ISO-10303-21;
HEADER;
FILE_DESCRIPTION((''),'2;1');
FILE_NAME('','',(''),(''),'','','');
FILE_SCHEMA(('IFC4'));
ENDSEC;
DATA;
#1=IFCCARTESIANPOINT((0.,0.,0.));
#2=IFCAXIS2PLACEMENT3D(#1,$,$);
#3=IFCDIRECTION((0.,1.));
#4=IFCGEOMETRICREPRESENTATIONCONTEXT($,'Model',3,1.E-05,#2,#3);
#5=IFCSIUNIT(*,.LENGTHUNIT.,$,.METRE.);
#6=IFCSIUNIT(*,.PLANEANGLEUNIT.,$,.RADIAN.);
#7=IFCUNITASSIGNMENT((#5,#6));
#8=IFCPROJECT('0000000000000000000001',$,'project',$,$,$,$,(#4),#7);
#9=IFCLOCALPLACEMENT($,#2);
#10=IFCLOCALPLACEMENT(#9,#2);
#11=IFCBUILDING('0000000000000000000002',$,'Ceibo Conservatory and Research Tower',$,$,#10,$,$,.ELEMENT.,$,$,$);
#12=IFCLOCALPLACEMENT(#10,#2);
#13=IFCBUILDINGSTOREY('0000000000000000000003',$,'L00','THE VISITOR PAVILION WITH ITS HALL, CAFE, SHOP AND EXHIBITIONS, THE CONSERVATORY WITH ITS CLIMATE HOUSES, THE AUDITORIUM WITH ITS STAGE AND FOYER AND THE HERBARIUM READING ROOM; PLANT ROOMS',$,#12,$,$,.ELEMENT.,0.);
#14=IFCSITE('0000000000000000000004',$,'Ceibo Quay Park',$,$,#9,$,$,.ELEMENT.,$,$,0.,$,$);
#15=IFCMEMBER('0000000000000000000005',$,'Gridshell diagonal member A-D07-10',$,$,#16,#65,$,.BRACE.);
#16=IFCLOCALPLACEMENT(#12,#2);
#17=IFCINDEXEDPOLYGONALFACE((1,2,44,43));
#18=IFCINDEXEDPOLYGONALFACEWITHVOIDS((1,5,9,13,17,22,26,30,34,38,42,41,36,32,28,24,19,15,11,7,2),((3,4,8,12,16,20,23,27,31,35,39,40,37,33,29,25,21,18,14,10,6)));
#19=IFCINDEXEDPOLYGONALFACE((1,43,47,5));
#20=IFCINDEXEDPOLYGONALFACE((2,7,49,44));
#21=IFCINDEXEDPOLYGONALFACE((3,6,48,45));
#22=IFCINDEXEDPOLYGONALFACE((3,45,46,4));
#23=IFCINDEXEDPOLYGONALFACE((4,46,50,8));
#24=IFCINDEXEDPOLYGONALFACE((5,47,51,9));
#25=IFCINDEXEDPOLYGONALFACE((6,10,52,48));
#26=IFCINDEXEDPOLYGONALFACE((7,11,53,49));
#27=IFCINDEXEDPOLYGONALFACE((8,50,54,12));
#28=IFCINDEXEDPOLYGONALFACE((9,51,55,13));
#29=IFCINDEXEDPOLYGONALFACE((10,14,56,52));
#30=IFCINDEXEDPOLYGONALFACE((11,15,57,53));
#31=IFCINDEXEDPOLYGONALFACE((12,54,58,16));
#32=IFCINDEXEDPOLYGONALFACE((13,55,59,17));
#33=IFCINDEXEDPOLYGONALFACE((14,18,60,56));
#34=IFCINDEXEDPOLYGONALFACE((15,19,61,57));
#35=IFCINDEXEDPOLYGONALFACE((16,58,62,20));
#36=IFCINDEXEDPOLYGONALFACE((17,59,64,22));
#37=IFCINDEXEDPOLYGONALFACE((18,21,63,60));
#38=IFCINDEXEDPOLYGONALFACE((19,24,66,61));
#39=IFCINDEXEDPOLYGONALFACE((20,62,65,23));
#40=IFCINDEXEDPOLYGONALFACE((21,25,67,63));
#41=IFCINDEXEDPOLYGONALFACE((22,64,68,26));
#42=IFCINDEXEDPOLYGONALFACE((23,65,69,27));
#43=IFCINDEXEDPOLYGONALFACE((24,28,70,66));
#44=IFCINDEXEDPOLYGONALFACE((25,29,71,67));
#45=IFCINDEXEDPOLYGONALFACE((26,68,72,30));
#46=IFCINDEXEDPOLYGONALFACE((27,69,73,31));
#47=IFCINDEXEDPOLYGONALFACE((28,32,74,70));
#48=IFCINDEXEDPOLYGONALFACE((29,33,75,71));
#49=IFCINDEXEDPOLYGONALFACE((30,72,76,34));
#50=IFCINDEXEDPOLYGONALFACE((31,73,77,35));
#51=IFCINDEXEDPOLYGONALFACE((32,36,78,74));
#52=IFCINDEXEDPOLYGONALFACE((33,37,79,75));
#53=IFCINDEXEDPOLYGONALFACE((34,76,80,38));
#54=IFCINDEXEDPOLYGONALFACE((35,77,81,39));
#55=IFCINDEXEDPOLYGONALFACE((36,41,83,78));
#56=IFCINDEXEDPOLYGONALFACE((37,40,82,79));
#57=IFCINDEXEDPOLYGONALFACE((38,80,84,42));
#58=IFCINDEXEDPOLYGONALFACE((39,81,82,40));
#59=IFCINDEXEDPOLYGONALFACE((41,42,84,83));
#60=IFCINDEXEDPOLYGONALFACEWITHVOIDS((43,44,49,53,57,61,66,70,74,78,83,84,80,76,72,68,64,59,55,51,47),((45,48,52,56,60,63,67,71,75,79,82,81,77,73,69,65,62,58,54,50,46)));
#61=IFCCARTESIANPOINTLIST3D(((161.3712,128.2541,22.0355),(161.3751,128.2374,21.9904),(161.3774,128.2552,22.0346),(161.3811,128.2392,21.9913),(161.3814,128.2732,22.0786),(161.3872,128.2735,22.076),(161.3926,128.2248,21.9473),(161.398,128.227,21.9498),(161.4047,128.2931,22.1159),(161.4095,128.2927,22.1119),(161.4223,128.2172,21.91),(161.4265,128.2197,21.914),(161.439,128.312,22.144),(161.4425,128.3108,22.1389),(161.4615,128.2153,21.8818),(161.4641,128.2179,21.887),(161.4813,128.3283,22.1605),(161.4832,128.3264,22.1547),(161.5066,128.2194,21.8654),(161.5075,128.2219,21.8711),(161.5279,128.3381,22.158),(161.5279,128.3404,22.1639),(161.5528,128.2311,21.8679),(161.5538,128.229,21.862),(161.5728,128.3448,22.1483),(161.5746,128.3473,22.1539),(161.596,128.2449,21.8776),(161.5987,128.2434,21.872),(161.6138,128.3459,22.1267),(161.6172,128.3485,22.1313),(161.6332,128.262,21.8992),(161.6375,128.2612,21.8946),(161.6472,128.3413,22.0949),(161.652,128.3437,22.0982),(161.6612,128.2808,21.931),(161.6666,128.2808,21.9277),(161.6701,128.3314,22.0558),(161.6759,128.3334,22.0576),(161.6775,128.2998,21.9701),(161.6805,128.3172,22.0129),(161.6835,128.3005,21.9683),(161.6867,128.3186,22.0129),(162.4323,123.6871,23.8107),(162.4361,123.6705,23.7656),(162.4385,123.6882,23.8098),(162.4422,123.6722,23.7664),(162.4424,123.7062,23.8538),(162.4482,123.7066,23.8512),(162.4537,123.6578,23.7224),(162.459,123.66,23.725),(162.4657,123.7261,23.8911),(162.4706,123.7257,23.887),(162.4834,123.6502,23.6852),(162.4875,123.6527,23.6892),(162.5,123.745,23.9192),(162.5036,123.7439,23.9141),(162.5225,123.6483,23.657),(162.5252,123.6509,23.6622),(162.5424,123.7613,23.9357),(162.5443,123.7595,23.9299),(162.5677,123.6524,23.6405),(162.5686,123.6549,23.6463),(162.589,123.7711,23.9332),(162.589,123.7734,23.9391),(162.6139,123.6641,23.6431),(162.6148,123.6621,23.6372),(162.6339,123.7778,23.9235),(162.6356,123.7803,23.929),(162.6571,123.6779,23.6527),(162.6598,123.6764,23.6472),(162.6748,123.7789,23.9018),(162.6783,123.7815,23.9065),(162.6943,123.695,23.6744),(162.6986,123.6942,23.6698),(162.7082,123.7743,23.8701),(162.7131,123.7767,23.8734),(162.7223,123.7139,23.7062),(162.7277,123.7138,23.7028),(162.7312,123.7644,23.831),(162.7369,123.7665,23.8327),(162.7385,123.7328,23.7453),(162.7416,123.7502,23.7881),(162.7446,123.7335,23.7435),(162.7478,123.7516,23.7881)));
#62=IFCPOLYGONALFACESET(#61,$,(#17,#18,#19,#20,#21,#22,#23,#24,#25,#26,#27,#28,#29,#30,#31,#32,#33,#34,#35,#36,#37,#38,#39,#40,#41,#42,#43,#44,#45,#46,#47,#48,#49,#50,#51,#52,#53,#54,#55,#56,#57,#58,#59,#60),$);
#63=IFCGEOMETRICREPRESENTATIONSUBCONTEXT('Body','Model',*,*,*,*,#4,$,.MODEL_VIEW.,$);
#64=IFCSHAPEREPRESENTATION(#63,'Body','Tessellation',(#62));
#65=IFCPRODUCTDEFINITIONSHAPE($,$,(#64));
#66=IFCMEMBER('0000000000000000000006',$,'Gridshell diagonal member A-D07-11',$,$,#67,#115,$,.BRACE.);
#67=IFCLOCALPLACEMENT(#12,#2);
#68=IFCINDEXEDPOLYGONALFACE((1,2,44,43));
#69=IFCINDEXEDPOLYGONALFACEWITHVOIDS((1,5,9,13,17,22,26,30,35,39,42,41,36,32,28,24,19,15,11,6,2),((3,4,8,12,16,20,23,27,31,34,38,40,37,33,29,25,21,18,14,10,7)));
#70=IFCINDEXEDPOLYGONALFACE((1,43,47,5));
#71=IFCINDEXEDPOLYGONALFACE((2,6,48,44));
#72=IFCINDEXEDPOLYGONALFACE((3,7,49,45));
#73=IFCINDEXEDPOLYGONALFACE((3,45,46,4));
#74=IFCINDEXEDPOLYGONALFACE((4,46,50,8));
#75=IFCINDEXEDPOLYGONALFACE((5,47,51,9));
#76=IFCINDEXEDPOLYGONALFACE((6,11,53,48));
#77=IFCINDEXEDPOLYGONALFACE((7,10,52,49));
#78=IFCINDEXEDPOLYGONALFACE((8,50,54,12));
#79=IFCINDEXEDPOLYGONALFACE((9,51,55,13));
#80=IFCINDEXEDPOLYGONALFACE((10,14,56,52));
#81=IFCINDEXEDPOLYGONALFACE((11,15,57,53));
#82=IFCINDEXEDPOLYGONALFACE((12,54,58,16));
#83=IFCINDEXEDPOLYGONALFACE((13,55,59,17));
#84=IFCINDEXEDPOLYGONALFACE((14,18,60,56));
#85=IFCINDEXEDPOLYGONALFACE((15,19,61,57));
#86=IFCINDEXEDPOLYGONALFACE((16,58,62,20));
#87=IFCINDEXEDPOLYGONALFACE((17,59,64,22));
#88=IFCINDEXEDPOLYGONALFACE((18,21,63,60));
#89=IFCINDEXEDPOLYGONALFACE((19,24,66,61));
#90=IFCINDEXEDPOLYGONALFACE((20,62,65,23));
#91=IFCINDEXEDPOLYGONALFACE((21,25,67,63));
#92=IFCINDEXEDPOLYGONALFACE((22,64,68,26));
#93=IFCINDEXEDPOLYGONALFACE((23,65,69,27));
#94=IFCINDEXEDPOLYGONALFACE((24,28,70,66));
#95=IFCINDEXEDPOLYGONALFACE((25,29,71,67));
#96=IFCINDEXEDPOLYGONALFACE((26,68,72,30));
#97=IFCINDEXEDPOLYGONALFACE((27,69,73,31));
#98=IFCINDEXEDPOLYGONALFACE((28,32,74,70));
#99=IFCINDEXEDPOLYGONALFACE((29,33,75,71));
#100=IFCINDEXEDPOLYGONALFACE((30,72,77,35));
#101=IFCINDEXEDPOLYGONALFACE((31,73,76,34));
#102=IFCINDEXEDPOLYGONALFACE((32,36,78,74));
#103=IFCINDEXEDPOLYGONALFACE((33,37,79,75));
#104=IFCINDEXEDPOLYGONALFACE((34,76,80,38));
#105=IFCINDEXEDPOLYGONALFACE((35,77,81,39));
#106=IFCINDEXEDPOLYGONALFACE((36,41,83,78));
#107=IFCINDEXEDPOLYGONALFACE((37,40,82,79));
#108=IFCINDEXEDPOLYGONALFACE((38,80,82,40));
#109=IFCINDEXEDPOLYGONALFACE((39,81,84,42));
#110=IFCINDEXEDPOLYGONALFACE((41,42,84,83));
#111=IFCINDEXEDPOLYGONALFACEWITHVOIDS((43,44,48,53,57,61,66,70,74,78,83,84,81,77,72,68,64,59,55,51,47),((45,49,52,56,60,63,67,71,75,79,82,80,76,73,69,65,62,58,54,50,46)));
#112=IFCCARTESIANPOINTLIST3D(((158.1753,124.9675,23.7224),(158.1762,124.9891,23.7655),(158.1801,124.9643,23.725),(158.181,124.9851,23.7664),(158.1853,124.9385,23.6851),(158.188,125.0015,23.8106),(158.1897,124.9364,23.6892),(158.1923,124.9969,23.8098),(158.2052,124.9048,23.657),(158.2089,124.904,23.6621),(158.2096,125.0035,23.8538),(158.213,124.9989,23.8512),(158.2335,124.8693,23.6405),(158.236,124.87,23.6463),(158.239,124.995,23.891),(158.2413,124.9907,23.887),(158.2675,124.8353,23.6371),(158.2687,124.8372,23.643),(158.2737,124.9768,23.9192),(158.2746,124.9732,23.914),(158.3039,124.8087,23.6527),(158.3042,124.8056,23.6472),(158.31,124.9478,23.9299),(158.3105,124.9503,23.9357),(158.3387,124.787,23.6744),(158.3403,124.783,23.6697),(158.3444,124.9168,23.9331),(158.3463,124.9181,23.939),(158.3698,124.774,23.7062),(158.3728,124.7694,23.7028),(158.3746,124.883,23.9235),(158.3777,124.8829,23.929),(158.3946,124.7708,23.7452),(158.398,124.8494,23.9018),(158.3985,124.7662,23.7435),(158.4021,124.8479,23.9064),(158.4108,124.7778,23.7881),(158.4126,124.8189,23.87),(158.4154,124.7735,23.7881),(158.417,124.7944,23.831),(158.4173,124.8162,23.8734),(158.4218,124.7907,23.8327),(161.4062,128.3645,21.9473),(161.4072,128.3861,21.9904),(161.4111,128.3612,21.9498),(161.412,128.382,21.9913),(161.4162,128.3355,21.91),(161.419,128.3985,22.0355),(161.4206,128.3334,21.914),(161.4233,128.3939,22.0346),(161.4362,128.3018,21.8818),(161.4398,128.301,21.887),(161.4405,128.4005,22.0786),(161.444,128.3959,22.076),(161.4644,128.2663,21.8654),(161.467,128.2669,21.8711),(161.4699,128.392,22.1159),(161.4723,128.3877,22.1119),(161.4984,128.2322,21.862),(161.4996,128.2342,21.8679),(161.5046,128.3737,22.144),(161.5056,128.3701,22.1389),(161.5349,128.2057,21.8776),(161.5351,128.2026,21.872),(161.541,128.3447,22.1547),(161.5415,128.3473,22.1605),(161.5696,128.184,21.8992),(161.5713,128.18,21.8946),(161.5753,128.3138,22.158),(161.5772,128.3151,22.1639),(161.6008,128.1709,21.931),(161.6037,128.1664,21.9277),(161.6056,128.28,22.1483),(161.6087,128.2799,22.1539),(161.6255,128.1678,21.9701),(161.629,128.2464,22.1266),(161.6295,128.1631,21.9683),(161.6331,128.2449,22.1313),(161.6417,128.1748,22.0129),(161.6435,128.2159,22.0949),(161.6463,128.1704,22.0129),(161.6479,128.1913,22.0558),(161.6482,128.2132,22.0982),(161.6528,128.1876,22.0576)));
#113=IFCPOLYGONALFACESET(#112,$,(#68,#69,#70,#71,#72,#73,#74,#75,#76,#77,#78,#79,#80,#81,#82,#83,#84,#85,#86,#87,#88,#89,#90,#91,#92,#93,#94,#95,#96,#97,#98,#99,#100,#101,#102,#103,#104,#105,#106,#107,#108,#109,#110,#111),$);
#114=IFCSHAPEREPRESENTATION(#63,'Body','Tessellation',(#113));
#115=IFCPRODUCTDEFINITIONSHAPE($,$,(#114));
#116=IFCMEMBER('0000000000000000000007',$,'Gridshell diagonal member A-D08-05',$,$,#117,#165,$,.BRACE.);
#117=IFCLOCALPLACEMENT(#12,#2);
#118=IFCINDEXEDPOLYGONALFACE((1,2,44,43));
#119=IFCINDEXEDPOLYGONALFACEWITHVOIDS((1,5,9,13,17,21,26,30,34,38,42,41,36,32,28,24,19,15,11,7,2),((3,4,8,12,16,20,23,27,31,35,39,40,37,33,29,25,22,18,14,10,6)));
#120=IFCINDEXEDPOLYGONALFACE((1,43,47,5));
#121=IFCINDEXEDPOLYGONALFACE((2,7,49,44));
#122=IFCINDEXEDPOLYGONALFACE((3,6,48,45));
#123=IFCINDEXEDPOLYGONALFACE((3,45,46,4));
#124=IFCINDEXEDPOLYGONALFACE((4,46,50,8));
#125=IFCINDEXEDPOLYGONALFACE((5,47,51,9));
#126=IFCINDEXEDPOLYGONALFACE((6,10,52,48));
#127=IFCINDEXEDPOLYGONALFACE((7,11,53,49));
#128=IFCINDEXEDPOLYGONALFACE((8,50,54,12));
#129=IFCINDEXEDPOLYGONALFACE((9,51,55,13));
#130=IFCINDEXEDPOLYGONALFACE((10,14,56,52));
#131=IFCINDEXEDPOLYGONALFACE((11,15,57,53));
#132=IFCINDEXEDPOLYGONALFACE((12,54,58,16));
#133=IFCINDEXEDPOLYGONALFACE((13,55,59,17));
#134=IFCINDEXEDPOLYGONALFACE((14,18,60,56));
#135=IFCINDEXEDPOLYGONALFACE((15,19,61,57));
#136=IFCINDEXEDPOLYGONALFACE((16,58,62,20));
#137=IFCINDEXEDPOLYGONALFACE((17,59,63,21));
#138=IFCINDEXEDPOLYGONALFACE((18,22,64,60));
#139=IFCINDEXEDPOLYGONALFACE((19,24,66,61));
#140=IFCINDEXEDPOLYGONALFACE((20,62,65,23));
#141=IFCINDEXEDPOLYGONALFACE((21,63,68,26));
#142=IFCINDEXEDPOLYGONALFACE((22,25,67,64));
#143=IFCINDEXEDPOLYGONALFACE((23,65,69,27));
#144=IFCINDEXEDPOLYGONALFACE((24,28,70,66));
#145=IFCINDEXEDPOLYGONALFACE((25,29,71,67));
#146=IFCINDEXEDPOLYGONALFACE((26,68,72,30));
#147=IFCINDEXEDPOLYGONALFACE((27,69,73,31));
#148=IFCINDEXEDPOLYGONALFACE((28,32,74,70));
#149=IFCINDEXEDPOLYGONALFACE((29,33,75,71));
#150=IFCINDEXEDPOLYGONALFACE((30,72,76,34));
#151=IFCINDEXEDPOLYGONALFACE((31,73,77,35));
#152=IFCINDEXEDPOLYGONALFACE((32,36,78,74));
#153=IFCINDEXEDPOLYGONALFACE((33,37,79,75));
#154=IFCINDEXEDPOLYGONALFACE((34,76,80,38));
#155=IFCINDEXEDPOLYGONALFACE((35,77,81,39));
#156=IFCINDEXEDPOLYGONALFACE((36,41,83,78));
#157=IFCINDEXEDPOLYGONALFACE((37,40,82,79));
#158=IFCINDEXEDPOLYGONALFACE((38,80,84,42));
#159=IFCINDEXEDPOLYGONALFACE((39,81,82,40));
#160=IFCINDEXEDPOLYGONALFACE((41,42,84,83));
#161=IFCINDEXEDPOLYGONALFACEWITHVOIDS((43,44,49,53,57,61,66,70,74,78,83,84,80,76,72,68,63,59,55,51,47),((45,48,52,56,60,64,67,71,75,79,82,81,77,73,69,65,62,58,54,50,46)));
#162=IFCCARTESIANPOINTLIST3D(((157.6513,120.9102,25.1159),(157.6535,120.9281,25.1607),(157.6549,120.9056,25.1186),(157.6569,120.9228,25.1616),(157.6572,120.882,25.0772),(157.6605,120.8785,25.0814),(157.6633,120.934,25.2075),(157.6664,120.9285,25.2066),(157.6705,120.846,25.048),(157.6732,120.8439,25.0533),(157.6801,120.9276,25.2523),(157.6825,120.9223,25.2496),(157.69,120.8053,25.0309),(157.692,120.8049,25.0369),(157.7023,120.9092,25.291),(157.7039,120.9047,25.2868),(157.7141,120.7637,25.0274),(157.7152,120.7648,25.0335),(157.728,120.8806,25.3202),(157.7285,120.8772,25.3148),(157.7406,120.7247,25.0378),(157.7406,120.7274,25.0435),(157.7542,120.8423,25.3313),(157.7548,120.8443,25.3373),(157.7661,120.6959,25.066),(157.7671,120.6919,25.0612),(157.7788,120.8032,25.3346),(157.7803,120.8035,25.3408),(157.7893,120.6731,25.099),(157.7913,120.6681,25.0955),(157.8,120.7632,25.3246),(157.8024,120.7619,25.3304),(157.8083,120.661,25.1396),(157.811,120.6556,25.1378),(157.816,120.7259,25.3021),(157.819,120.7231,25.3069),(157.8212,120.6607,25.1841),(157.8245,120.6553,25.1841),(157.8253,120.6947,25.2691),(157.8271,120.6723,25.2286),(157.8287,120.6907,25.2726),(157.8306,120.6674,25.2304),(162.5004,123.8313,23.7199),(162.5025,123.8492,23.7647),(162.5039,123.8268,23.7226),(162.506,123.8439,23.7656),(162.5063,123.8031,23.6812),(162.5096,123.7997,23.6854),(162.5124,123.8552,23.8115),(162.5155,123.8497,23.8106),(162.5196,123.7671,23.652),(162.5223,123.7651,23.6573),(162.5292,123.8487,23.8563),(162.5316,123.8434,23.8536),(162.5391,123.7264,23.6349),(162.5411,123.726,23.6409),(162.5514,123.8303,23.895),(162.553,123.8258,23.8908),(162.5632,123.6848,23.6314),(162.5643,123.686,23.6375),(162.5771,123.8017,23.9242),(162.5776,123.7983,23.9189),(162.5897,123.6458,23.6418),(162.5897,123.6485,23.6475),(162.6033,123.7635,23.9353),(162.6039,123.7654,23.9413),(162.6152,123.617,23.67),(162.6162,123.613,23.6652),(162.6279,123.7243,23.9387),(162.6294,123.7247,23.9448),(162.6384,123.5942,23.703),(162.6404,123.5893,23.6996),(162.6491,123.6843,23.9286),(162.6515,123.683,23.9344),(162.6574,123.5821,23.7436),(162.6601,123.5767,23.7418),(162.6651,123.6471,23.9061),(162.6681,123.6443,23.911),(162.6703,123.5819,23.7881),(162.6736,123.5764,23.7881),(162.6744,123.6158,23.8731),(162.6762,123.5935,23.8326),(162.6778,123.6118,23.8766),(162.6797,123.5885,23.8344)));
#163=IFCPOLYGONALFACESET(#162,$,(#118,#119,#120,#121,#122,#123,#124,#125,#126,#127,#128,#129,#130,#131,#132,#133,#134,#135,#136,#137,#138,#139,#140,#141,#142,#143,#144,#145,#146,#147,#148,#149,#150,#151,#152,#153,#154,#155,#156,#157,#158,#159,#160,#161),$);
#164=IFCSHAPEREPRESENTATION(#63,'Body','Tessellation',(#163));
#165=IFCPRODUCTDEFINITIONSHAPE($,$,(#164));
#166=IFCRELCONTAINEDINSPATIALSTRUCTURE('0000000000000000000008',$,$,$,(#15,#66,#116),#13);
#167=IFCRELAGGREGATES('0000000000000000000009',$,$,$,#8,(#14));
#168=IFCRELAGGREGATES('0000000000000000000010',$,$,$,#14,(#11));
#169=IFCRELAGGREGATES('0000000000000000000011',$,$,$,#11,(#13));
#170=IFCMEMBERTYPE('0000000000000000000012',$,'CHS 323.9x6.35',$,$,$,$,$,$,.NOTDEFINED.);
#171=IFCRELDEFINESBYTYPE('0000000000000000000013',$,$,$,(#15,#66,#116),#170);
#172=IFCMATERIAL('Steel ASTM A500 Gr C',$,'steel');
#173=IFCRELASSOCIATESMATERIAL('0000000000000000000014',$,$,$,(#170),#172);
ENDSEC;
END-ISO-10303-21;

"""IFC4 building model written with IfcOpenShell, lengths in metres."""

from ifc_helpers import new_model, si_unit, direction, frame, origin, origin_2d, place, context, subcontext, project, spatial, hollow_circle, extrude, material, material_profile, profile_set, type_object, element, save


model = new_model("IFC4")

# Units and contexts
model_context = context("Model", 3, precision=1e-05, world=origin(), true_north=direction((0.0, 1.0)))
body_context = subcontext(model_context, "Body", "Model", "MODEL_VIEW")
ifc_project = project(units=[si_unit("LENGTHUNIT", "METRE"), si_unit("PLANEANGLEUNIT", "RADIAN")], contexts=[model_context])

# Site, building, storey
site_placement = place(None, origin())
site = spatial("IfcSite", under=ifc_project, at=site_placement, Name="Ceibo Quay Park", CompositionType="ELEMENT", RefElevation=0.0)
building_placement = place(site_placement, origin())
building = spatial("IfcBuilding", under=site, at=building_placement, Name="Ceibo Conservatory and Research Tower", CompositionType="ELEMENT")
storey_placement = place(building_placement, origin())
storey = spatial("IfcBuildingStorey", under=building, at=storey_placement, Name="L00", Description="THE VISITOR PAVILION WITH ITS HALL, CAFE, SHOP AND EXHIBITIONS, THE CONSERVATORY WITH ITS CLIMATE HOUSES, THE AUDITORIUM WITH ITS STAGE AND FOYER AND THE HERBARIUM READING ROOM; PLANT ROOMS", CompositionType="ELEMENT", Elevation=0.0)

# Members
ifc_material_1 = material(Name="Steel ASTM A500 Gr C", Category="steel")
ifc_material_profile_1 = material_profile(ifc_material_1, hollow_circle(Radius=0.1619, WallThickness=0.0063, at=origin_2d()), Name="CHS 323.9x6.35")
ifc_profile_set_1 = profile_set([ifc_material_profile_1], Name="Steel ASTM A500 Gr C")
member_type_1 = type_object("IfcMemberType", Name="CHS 323.9x6.35", PredefinedType="NOTDEFINED", material=ifc_profile_set_1)
member_1_placement = place(storey_placement, frame((161.5291, 128.282, 22.0129), z_axis=(0.211643, -0.910951, 0.354085), x_axis=(0.974057, 0.226304, 0.0)))
element("IfcMember", 1, at=member_1_placement, inside=storey, type_object=member_type_1, Name="Gridshell diagonal member A-D07-10", PredefinedType="BRACE", context=body_context, shape_type="SweptSolid", body=[
    extrude(hollow_circle(Radius=0.1619, WallThickness=0.0063, at=origin_2d()), origin(), (0.0, 0.0, 1.0), 5.0134),
])
member_2_placement = place(storey_placement, frame((161.5291, 128.282, 22.0129), z_axis=(-0.644522, -0.67764, 0.354112), x_axis=(0.724591, -0.689179, 0.0)))
element("IfcMember", 2, at=member_2_placement, inside=storey, type_object=member_type_1, Name="Gridshell diagonal member A-D07-11", PredefinedType="BRACE", context=body_context, shape_type="SweptSolid", body=[
    extrude(hollow_circle(Radius=0.1619, WallThickness=0.0063, at=origin_2d()), origin(), (0.0, 0.0, 1.0), 5.0129),
])
member_3_placement = place(storey_placement, frame((162.5901, 123.7151, 23.7881), z_axis=(-0.831668, -0.501002, 0.239426), x_axis=(0.516011, -0.856582, 0.0)))
element("IfcMember", 3, at=member_3_placement, inside=storey, type_object=member_type_1, Name="Gridshell diagonal member A-D08-05", PredefinedType="BRACE", context=body_context, shape_type="SweptSolid", body=[
    extrude(hollow_circle(Radius=0.1619, WallThickness=0.0063, at=origin_2d()), origin(), (0.0, 0.0, 1.0), 5.8306),
])

save(model, "model.ifc")
